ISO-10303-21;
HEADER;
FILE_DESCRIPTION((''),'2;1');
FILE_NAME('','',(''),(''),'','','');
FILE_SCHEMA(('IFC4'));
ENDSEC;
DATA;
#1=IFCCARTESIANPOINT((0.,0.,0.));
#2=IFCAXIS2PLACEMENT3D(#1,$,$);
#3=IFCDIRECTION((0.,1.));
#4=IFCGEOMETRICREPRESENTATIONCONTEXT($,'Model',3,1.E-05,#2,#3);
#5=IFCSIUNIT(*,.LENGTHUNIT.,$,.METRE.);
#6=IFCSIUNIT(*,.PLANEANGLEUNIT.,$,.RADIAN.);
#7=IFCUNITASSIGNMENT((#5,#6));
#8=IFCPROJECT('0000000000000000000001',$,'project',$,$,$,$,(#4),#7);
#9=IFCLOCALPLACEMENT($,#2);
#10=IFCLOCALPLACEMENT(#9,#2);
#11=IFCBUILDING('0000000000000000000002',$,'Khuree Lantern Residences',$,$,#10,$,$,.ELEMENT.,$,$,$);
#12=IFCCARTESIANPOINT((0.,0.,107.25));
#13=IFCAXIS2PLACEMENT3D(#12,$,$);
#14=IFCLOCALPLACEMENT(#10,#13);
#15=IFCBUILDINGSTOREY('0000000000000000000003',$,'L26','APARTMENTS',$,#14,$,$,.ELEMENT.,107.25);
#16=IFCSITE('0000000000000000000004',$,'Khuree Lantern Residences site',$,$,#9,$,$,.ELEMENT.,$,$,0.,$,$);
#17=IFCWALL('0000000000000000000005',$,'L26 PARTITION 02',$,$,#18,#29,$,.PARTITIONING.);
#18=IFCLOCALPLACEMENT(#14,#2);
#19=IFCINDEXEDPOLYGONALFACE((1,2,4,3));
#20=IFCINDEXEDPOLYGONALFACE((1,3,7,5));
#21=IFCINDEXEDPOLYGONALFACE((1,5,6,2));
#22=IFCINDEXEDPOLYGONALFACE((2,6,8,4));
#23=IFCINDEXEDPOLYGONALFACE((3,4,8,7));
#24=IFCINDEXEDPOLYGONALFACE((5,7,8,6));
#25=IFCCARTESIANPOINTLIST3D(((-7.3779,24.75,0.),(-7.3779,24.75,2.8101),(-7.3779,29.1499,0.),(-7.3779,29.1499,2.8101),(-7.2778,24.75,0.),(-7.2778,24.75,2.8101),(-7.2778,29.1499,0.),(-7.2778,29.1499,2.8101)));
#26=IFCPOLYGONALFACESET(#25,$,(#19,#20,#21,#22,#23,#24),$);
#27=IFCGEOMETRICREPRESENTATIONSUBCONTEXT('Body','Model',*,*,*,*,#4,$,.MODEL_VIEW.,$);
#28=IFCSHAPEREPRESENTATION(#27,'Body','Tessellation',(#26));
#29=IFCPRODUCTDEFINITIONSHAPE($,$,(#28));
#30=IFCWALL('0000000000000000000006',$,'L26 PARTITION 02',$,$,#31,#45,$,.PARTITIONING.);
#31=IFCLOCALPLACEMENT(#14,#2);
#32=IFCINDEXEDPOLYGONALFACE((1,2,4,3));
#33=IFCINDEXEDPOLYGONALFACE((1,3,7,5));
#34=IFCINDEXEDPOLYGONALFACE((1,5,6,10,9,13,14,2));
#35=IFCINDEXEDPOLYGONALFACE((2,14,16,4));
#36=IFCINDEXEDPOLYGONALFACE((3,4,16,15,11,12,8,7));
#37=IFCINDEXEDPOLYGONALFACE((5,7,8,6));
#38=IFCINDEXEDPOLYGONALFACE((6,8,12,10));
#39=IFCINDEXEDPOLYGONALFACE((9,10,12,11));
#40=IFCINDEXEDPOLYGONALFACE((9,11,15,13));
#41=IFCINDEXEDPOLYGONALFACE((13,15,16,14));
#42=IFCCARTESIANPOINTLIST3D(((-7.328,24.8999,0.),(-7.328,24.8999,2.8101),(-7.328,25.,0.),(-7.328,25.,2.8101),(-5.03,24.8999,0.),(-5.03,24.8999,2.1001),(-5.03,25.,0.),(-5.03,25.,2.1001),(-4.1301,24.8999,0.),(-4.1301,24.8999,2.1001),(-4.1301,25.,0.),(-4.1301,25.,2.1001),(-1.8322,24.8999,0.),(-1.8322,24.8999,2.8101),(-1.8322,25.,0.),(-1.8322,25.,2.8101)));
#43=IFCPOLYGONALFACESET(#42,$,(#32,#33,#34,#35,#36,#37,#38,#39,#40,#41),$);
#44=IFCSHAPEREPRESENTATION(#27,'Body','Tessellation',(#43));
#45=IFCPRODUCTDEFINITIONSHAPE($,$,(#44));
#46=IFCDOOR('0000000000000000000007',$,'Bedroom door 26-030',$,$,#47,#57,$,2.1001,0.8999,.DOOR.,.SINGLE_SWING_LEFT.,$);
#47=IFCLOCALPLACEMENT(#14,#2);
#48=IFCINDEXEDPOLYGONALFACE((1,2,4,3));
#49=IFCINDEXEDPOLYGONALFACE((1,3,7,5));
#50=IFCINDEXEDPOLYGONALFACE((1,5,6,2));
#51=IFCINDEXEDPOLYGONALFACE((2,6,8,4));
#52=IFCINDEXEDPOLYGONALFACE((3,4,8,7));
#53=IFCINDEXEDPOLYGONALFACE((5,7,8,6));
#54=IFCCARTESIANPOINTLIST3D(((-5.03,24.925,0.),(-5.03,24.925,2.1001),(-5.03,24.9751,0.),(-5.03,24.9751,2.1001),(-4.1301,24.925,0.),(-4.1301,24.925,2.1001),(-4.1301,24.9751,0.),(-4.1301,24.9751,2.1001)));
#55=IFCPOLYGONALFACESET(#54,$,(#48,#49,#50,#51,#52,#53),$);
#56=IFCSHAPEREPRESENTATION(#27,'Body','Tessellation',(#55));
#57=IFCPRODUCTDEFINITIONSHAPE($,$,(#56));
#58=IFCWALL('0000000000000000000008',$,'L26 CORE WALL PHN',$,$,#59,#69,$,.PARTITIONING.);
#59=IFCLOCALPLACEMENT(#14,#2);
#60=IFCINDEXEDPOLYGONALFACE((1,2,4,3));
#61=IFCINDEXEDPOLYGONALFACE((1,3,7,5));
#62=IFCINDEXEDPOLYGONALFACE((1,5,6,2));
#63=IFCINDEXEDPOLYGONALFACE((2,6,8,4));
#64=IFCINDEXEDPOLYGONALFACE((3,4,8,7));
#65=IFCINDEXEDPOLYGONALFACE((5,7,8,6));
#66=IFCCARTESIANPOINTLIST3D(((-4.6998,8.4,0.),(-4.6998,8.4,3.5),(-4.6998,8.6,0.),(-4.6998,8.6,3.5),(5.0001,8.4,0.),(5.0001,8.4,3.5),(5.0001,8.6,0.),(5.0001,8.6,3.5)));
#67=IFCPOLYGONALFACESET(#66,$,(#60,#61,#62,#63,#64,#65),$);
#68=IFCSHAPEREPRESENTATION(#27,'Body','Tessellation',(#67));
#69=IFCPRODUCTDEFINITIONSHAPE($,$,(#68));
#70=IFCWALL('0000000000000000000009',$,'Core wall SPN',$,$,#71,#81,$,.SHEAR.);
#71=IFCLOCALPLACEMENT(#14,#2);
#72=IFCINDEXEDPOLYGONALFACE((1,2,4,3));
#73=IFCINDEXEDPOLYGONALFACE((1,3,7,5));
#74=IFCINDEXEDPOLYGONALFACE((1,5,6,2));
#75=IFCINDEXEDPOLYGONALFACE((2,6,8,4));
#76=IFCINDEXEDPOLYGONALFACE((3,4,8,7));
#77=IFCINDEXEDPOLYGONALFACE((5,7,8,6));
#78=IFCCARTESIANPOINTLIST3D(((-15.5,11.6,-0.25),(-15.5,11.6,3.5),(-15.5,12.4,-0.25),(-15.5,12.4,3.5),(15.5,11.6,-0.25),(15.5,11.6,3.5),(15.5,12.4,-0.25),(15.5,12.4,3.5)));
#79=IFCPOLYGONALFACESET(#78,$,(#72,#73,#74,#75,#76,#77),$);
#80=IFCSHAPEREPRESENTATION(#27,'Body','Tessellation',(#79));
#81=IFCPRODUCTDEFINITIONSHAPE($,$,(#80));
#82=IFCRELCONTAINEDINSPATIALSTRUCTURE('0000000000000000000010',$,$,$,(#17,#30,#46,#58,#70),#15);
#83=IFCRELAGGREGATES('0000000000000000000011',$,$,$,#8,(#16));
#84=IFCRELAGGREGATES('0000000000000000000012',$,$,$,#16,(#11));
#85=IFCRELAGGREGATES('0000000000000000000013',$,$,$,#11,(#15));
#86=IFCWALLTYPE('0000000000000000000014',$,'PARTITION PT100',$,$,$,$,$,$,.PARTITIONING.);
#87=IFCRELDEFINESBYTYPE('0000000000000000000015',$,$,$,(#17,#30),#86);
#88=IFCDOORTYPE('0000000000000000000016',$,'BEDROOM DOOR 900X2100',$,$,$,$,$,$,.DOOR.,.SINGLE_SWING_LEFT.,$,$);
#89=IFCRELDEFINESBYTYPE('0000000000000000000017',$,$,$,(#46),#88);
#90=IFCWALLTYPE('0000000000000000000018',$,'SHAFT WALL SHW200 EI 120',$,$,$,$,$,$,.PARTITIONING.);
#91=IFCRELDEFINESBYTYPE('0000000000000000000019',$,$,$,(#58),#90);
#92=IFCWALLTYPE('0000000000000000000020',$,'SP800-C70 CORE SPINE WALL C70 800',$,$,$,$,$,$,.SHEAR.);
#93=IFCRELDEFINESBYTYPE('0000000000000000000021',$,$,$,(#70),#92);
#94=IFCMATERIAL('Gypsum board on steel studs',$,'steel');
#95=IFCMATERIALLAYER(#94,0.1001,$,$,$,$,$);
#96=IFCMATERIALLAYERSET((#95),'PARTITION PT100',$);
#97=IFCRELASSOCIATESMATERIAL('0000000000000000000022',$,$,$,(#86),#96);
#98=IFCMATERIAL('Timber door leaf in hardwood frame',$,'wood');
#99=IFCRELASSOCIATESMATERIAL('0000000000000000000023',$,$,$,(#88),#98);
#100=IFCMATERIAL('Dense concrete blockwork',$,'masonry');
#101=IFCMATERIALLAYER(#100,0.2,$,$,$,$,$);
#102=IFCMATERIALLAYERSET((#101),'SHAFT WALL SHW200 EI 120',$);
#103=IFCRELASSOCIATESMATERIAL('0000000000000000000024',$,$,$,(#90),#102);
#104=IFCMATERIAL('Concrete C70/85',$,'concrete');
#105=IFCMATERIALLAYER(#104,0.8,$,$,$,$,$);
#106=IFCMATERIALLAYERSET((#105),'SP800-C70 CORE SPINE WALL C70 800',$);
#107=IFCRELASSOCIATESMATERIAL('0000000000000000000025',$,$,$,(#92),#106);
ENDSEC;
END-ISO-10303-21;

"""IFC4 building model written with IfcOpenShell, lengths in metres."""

from ifc_helpers import new_model, si_unit, direction, frame, frame_2d, origin, place, context, subcontext, project, spatial, rectangle, extrude, material, layer, layer_set, type_object, element, fill, save


model = new_model("IFC4")

# Units and contexts
model_context = context("Model", 3, precision=1e-05, world=origin(), true_north=direction((0.0, 1.0)))
body_context = subcontext(model_context, "Body", "Model", "MODEL_VIEW")
ifc_project = project(units=[si_unit("LENGTHUNIT", "METRE"), si_unit("PLANEANGLEUNIT", "RADIAN")], contexts=[model_context])

# Site, building, storey
site_placement = place(None, origin())
site = spatial("IfcSite", under=ifc_project, at=site_placement, Name="Khuree Lantern Residences site", CompositionType="ELEMENT", RefElevation=0.0)
building_placement = place(site_placement, origin())
building = spatial("IfcBuilding", under=site, at=building_placement, Name="Khuree Lantern Residences", CompositionType="ELEMENT")
storey_placement = place(building_placement, frame((0.0, 0.0, 107.25)))
storey = spatial("IfcBuildingStorey", under=building, at=storey_placement, Name="L26", Description="APARTMENTS", CompositionType="ELEMENT", Elevation=107.25)

# Shared definitions
ifc_material_1 = material(Name="Concrete C70/85", Category="concrete")

# Shared definitions
ifc_material_2 = material(Name="Gypsum board on steel studs", Category="steel")

# Shared definitions
ifc_material_3 = material(Name="Timber door leaf in hardwood frame", Category="wood")

# Wall
ifc_layer_1 = layer(ifc_material_2, 0.1001)
ifc_layer_set_1 = layer_set([ifc_layer_1], Name="PARTITION PT100")
wall_type_1 = type_object("IfcWallType", Name="PARTITION PT100", PredefinedType="PARTITIONING", material=ifc_layer_set_1)
for number, where, z_axis, x_axis, name in (
    (1, (-7.3279, 24.75, 0.0), (0.0, 0.0, 1.0), (0.0, 1.0, 0.0), "L26 PARTITION 02"),
):
    element("IfcWall", number, at=place(storey_placement, frame(where, z_axis=z_axis, x_axis=x_axis)), inside=storey, type_object=wall_type_1, Name=name, PredefinedType="PARTITIONING", context=body_context, shape_type="SweptSolid", body=[
        extrude(rectangle(XDim=4.3999, YDim=0.1001, at=frame_2d((2.2, 0.0))), origin(), (0.0, 0.0, 1.0), 2.8101),
    ])

# Wall, opening, door
wall_1_placement = place(storey_placement, frame((-1.832, 24.95, 0.0), z_axis=(0.0, 0.0, 1.0), x_axis=(-1.0, 0.0, 0.0)))
wall_1 = element("IfcWall", 2, at=wall_1_placement, inside=storey, type_object=wall_type_1, Name="L26 PARTITION 02", PredefinedType="PARTITIONING", context=body_context, shape_type="SweptSolid", body=[
    extrude(rectangle(XDim=5.4958, YDim=0.1001, at=frame_2d((2.748, 0.0))), origin(), (0.0, 0.0, 1.0), 2.8101),
])
opening_1_placement = place(wall_1_placement, frame((2.2981, 0.0, 0.0)))
opening_1 = element("IfcOpeningElement", 3, at=opening_1_placement, cuts=wall_1, PredefinedType="OPENING", context=body_context, shape_type="SweptSolid", body=[
    extrude(rectangle(XDim=0.8999, YDim=2.1001, at=frame_2d((0.45, 1.05))), frame((0.0, 0.0601, 0.0), z_axis=(0.0, -1.0, 0.0), x_axis=(1.0, 0.0, 0.0)), (0.0, 0.0, 1.0), 0.1201),
])
door_type_1 = type_object("IfcDoorType", Name="BEDROOM DOOR 900X2100", OperationType="SINGLE_SWING_LEFT", PredefinedType="DOOR", material=ifc_material_3)
door_1_placement = place(opening_1_placement, origin())
door_1 = element("IfcDoor", 4, at=door_1_placement, inside=storey, type_object=door_type_1, Name="Bedroom door 26-030", OperationType="SINGLE_SWING_LEFT", OverallHeight=2.1001, OverallWidth=0.8999, PredefinedType="DOOR", context=body_context, shape_type="SweptSolid", body=[
    extrude(rectangle(XDim=0.8999, YDim=2.1001, at=frame_2d((0.45, 1.05))), frame((0.0, 0.0249, 0.0), z_axis=(0.0, -1.0, 0.0), x_axis=(1.0, 0.0, 0.0)), (0.0, 0.0, 1.0), 0.05),
])
fill(opening_1, door_1)

# Walls
ifc_material_4 = material(Name="Dense concrete blockwork", Category="masonry")
ifc_layer_2 = layer(ifc_material_4, 0.2)
ifc_layer_set_2 = layer_set([ifc_layer_2], Name="SHAFT WALL SHW200 EI 120")
wall_type_2 = type_object("IfcWallType", Name="SHAFT WALL SHW200 EI 120", PredefinedType="PARTITIONING", material=ifc_layer_set_2)
wall_2_placement = place(storey_placement, frame((-4.7, 8.5, 0.0), z_axis=(0.0, 0.0, 1.0), x_axis=(1.0, 0.0, 0.0)))
element("IfcWall", 5, at=wall_2_placement, inside=storey, type_object=wall_type_2, Name="L26 CORE WALL PHN", PredefinedType="PARTITIONING", context=body_context, shape_type="SweptSolid", body=[
    extrude(rectangle(XDim=9.7, YDim=0.2, at=frame_2d((4.8501, 0.0))), origin(), (0.0, 0.0, 1.0), 3.5),
])
ifc_layer_3 = layer(ifc_material_1, 0.8)
ifc_layer_set_3 = layer_set([ifc_layer_3], Name="SP800-C70 CORE SPINE WALL C70 800")
wall_type_3 = type_object("IfcWallType", Name="SP800-C70 CORE SPINE WALL C70 800", PredefinedType="SHEAR", material=ifc_layer_set_3)
wall_3_placement = place(storey_placement, frame((-15.5, 12.0, -0.25), z_axis=(0.0, 0.0, 1.0), x_axis=(1.0, 0.0, 0.0)))
element("IfcWall", 6, at=wall_3_placement, inside=storey, type_object=wall_type_3, Name="Core wall SPN", PredefinedType="SHEAR", context=body_context, shape_type="SweptSolid", body=[
    extrude(rectangle(XDim=31.0, YDim=0.8, at=frame_2d((15.5, 0.0))), origin(), (0.0, 0.0, 1.0), 3.75),
])

save(model, "model.ifc")
